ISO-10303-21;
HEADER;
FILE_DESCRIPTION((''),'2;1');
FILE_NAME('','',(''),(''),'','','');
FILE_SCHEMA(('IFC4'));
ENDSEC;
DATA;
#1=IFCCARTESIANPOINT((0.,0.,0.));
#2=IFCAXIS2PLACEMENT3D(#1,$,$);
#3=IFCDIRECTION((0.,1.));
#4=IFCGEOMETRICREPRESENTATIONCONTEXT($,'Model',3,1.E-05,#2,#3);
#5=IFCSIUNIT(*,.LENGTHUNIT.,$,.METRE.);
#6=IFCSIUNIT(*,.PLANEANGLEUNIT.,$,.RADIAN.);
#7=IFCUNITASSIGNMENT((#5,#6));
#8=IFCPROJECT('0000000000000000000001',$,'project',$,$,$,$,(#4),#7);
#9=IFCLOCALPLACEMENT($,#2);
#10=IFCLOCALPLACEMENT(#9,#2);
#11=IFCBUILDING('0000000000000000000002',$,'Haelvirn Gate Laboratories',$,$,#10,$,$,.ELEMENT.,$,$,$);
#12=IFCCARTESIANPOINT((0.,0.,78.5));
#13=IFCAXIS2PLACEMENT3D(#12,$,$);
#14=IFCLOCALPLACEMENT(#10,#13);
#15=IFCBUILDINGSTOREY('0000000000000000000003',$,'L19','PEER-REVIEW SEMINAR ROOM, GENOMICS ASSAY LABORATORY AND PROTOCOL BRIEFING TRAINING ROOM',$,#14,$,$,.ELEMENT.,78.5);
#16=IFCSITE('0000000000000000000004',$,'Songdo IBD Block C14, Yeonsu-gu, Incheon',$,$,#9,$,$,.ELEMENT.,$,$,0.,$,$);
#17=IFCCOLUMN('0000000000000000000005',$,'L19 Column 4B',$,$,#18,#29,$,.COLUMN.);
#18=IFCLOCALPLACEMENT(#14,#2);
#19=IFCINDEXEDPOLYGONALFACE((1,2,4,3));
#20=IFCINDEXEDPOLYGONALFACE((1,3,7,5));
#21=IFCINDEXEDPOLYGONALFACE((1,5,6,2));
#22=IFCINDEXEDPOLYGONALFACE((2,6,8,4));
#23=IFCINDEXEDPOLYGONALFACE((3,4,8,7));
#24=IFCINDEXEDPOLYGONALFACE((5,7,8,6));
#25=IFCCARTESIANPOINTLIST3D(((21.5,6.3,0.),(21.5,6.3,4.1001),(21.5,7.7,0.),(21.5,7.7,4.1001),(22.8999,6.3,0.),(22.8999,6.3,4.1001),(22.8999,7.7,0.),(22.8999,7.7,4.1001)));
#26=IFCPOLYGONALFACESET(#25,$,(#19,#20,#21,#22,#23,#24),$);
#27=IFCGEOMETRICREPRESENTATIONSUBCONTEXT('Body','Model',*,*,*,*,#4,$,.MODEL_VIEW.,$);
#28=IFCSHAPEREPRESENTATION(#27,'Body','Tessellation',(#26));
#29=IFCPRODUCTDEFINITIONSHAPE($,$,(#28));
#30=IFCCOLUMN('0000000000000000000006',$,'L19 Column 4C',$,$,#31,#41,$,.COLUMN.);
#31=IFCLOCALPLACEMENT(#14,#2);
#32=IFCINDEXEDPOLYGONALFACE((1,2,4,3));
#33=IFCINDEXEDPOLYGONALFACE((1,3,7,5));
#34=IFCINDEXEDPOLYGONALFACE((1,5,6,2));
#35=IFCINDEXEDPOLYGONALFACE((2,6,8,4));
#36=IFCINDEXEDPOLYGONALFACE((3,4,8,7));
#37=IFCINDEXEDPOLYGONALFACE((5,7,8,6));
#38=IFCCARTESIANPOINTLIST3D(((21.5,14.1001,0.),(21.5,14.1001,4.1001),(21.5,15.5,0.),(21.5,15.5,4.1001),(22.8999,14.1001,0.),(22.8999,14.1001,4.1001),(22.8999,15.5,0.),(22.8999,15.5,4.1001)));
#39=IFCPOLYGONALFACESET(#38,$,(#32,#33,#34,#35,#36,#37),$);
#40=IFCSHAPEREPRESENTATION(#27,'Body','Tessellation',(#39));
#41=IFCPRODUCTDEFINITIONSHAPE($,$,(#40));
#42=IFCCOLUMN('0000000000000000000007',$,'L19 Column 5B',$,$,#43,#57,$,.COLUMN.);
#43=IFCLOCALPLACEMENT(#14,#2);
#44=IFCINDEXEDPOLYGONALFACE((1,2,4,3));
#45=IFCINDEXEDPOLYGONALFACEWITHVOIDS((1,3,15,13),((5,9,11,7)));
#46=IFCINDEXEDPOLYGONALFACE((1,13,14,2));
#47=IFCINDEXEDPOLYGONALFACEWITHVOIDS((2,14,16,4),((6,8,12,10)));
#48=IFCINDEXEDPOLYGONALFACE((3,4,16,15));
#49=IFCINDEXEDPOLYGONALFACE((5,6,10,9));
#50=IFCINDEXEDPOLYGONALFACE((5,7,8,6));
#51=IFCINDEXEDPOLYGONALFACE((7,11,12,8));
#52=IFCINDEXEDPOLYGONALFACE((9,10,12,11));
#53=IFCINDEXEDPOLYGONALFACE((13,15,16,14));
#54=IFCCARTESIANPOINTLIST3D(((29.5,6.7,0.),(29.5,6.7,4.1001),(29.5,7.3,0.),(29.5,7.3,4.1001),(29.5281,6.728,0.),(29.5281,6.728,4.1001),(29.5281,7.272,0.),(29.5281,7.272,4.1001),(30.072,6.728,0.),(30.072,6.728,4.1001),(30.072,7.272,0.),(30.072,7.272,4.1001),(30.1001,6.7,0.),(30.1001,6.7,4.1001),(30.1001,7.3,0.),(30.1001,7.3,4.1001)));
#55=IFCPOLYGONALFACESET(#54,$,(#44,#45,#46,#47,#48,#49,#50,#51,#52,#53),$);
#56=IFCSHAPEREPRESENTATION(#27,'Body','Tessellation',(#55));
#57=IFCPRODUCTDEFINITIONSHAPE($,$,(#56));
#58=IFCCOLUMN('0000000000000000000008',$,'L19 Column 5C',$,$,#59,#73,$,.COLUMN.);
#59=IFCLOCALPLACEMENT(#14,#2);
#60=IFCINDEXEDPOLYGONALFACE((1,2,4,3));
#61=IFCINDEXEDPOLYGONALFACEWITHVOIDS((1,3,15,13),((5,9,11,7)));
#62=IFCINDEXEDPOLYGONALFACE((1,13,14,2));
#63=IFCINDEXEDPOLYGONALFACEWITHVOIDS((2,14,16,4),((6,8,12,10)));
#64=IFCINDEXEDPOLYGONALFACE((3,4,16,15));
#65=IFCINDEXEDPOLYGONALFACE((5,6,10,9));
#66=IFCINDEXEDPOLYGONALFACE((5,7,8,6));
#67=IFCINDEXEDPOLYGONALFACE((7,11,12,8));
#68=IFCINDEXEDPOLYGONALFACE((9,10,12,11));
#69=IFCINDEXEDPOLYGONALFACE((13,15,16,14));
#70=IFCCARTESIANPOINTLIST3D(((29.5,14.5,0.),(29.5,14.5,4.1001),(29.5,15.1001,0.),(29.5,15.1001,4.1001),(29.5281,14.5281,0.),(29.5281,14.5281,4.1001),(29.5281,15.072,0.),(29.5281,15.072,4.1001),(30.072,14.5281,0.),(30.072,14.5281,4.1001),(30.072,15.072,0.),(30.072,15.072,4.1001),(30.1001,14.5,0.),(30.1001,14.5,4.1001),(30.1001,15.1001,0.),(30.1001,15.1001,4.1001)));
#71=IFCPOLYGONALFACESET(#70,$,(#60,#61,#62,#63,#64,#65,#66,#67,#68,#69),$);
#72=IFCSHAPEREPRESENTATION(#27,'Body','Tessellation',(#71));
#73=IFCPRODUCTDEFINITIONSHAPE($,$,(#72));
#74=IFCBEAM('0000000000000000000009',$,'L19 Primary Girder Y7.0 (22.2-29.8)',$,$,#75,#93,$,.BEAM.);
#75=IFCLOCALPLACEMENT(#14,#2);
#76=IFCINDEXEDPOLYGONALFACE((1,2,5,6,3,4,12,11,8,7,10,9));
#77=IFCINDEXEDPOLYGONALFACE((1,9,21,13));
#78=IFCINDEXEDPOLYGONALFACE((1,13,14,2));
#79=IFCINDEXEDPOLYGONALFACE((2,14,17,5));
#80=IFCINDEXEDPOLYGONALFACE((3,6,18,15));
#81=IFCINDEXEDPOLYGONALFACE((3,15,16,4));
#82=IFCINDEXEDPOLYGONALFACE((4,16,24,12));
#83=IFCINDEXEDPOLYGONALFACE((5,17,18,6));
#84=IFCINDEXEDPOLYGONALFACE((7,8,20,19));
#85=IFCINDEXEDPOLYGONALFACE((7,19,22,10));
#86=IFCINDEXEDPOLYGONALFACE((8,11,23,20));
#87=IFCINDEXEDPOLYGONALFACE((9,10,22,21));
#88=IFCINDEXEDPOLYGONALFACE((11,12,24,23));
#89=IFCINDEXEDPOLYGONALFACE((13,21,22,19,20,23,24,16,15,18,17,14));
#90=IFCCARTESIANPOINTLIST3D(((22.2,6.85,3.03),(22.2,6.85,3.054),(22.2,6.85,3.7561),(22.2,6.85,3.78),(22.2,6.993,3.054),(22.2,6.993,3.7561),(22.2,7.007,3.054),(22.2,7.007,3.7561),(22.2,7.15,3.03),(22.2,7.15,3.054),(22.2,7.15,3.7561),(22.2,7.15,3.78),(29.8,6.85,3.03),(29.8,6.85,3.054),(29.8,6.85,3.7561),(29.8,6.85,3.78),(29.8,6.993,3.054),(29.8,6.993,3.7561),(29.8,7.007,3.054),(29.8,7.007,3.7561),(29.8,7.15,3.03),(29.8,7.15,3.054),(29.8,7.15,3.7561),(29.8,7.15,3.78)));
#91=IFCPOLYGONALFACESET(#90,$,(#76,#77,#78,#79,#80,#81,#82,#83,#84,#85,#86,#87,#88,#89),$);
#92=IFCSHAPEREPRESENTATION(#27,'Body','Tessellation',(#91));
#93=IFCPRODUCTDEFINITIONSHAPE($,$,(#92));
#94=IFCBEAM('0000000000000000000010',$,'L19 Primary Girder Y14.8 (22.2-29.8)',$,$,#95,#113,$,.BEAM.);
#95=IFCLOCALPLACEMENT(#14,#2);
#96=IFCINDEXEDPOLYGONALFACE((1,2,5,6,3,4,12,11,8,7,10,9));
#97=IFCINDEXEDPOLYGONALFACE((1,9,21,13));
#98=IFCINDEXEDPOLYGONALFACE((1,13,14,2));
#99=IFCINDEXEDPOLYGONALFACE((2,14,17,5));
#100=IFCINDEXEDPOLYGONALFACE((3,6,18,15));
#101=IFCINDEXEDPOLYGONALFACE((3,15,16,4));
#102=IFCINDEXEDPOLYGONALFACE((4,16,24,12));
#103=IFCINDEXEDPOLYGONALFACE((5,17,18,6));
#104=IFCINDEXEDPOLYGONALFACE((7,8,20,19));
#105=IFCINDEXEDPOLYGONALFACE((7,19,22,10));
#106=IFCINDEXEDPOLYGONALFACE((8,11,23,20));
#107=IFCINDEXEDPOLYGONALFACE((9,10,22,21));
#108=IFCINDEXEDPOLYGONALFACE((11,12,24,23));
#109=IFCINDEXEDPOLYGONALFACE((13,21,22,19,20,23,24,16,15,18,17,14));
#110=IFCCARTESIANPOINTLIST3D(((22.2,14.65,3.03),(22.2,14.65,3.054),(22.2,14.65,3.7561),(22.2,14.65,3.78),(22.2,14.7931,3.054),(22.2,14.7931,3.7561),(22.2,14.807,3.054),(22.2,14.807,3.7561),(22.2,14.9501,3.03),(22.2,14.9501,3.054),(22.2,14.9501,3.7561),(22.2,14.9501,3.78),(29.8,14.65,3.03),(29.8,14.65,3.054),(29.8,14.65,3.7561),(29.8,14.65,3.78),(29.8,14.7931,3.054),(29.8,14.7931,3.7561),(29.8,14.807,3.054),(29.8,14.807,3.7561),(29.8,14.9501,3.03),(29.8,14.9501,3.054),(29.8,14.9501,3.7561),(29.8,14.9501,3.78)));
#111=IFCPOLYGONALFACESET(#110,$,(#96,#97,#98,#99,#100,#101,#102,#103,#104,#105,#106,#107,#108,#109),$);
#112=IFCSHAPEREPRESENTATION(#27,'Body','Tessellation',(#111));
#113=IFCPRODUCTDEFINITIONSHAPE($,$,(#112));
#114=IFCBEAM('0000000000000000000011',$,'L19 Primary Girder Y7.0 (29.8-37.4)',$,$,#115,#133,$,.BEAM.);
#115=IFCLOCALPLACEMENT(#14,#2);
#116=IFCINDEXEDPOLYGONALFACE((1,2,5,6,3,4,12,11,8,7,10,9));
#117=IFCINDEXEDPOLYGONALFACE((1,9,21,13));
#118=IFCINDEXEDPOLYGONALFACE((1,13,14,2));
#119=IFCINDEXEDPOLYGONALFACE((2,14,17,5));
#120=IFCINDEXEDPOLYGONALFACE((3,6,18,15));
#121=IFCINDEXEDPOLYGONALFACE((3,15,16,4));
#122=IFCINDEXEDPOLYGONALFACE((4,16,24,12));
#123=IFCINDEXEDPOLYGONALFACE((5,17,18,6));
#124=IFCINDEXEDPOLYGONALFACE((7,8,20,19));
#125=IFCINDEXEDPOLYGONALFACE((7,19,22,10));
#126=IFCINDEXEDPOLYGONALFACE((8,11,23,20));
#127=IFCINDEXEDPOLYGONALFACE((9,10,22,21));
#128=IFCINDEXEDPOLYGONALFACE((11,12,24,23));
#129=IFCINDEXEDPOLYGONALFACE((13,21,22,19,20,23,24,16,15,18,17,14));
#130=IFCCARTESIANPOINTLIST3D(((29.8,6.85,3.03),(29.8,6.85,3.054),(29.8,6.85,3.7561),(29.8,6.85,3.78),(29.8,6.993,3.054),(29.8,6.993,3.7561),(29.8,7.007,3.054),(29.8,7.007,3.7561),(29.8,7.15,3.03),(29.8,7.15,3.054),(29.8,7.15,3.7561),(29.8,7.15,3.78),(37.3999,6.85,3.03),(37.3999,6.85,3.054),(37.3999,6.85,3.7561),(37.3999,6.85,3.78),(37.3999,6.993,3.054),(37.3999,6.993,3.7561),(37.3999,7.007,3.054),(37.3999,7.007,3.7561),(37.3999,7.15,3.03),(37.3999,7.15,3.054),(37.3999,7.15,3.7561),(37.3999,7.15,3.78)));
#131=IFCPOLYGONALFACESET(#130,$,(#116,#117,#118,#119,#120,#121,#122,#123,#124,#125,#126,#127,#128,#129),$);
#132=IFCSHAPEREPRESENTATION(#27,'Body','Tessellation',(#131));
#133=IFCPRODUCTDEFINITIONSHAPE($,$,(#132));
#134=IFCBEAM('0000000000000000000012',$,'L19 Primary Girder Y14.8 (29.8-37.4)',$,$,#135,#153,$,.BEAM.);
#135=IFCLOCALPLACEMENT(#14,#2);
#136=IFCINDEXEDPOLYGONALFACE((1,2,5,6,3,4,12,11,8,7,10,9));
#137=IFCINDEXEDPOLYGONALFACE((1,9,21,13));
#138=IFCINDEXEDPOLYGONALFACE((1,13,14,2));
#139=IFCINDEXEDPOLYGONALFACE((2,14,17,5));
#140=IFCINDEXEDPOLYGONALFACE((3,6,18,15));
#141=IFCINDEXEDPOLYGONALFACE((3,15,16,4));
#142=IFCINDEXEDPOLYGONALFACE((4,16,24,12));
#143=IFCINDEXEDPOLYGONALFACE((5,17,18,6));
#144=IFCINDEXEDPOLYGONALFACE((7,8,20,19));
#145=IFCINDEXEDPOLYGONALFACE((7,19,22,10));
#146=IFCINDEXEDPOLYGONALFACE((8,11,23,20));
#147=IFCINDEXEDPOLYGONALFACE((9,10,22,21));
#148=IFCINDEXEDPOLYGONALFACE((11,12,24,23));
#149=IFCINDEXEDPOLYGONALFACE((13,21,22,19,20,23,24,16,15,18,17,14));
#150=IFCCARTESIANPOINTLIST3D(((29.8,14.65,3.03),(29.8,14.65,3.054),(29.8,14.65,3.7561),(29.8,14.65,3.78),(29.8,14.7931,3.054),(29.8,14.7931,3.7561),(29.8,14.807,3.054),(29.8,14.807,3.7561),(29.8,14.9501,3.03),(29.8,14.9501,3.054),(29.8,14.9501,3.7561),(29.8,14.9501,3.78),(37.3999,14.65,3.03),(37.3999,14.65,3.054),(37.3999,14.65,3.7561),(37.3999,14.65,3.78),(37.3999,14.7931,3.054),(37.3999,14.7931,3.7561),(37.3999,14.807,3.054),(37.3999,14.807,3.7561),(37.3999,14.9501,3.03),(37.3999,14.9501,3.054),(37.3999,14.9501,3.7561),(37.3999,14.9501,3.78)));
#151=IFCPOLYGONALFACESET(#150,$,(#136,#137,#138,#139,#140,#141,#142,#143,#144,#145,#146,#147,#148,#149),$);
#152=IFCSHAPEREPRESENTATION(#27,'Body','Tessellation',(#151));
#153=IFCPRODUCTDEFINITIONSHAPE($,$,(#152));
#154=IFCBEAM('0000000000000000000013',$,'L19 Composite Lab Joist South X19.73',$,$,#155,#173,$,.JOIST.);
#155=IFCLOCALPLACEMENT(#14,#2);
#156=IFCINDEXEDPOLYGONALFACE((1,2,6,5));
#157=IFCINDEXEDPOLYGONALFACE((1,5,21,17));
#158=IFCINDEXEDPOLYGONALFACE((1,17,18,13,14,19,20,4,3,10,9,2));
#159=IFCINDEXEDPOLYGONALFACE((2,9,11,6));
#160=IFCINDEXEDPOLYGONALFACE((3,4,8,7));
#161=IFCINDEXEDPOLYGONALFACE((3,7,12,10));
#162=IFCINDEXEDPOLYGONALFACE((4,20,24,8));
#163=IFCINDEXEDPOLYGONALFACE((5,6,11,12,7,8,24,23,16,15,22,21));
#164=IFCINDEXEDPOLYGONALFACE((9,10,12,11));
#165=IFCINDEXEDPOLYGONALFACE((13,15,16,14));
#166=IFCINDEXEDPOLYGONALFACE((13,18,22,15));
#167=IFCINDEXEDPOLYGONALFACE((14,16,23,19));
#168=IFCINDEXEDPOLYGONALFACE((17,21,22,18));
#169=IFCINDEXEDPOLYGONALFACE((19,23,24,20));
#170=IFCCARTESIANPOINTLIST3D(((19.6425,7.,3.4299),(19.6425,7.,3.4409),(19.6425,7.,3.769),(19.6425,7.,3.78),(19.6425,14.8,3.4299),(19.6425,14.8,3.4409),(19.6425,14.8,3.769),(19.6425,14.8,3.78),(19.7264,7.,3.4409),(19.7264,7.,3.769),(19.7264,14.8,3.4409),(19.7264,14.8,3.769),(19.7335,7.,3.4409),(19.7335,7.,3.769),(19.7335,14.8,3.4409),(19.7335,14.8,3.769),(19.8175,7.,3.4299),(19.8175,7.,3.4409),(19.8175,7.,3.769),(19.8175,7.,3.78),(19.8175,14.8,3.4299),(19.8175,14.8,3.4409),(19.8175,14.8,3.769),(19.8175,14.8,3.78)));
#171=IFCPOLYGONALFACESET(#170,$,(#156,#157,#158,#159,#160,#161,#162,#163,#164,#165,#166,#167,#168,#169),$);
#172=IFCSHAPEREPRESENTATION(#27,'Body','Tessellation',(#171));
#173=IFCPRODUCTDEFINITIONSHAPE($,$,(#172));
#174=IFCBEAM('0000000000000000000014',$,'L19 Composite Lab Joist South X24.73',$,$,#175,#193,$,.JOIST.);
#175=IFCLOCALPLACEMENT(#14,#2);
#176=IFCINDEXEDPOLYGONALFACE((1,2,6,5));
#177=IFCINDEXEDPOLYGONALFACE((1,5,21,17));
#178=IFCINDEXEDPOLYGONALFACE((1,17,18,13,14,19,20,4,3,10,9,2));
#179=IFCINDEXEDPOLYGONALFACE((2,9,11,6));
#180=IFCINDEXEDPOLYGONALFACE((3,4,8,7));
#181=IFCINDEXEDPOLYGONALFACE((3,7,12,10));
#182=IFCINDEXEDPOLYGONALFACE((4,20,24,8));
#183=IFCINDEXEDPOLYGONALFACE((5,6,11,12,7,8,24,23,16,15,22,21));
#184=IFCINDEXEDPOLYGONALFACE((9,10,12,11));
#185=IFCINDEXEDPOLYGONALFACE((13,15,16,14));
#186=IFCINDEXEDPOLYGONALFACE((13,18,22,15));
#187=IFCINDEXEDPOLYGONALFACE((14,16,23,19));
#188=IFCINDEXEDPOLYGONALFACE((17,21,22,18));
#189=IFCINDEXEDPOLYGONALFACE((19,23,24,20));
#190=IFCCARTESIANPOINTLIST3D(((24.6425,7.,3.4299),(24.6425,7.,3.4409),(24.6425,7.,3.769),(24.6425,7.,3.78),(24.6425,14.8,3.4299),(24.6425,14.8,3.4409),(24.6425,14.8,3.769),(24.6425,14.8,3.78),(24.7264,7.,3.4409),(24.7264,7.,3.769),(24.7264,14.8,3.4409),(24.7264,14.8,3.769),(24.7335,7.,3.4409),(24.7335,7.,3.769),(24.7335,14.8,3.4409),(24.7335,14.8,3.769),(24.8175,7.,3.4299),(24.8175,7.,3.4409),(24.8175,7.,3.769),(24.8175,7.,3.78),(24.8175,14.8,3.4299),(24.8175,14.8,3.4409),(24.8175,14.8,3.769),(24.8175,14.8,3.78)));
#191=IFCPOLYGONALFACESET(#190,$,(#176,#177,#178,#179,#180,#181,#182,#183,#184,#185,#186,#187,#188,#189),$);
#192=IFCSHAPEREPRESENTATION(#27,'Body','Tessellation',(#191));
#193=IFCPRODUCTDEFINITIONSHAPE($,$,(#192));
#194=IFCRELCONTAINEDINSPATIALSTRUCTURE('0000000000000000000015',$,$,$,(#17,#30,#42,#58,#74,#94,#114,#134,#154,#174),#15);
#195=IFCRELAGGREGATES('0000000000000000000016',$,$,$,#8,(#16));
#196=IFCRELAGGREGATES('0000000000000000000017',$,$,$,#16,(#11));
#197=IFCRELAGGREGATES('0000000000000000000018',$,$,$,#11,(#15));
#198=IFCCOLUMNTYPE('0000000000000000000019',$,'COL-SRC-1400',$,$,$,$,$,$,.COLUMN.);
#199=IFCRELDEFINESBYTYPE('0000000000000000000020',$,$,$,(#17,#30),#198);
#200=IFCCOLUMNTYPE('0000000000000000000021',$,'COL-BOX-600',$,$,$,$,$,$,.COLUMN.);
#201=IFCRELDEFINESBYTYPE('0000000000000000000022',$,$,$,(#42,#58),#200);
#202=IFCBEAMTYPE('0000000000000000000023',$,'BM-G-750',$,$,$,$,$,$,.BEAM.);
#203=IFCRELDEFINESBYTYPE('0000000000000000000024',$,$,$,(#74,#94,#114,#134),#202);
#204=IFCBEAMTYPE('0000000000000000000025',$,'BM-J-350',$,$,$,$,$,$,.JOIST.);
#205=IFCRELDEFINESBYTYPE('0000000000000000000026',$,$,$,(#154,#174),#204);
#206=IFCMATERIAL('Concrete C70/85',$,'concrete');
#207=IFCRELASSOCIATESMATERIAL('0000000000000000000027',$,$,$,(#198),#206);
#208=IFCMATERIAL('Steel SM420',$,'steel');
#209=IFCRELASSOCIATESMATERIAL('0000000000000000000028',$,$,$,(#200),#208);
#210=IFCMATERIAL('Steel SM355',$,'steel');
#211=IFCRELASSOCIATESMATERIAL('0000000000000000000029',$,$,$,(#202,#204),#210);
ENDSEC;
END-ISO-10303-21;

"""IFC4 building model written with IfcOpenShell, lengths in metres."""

from ifc_helpers import new_model, si_unit, direction, frame, origin, origin_2d, place, context, subcontext, project, spatial, rectangle, hollow_rectangle, i_section, extrude, source, transform, mapped, material, material_profile, profile_set, type_object, type_shapes, element, save


model = new_model("IFC4")

# Units and contexts
model_context = context("Model", 3, precision=1e-05, world=origin(), true_north=direction((0.0, 1.0)))
body_context = subcontext(model_context, "Body", "Model", "MODEL_VIEW")
ifc_project = project(units=[si_unit("LENGTHUNIT", "METRE"), si_unit("PLANEANGLEUNIT", "RADIAN")], contexts=[model_context])

# Site, building, storey
site_placement = place(None, origin())
site = spatial("IfcSite", under=ifc_project, at=site_placement, Name="Songdo IBD Block C14, Yeonsu-gu, Incheon", CompositionType="ELEMENT", RefElevation=0.0)
building_placement = place(site_placement, origin())
building = spatial("IfcBuilding", under=site, at=building_placement, Name="Haelvirn Gate Laboratories", CompositionType="ELEMENT")
storey_placement = place(building_placement, frame((0.0, 0.0, 78.5)))
storey = spatial("IfcBuildingStorey", under=building, at=storey_placement, Name="L19", Description="PEER-REVIEW SEMINAR ROOM, GENOMICS ASSAY LABORATORY AND PROTOCOL BRIEFING TRAINING ROOM", CompositionType="ELEMENT", Elevation=78.5)

# Columns
ifc_material_1 = material(Name="Concrete C70/85", Category="concrete")
ifc_material_profile_1 = material_profile(ifc_material_1, rectangle(XDim=1.3999, YDim=1.3999, at=origin_2d()), Name="SRC-1400x1400")
ifc_profile_set_1 = profile_set([ifc_material_profile_1], Name="Concrete C70/85")
column_type_1 = type_object("IfcColumnType", Name="COL-SRC-1400", PredefinedType="COLUMN", material=ifc_profile_set_1)
shared_shape_1 = source(origin(), body_context, "Body", "SweptSolid", [
    extrude(rectangle(XDim=1.3999, YDim=1.3999, at=origin_2d()), origin(), (0.0, 0.0, 1.0), 4.1001),
])
type_shapes(column_type_1, [shared_shape_1])
for number, where, z_axis, x_axis, name in (
    (1, (22.2, 7.0, 0.0), (0.0, 0.0, 1.0), (1.0, 0.0, 0.0), "L19 Column 4B"),
    (2, (22.2, 14.8, 0.0), (0.0, 0.0, 1.0), (1.0, 0.0, 0.0), "L19 Column 4C"),
):
    element("IfcColumn", number, at=place(storey_placement, frame(where, z_axis=z_axis, x_axis=x_axis)), inside=storey, type_object=column_type_1, Name=name, PredefinedType="COLUMN", context=body_context, shape_type="MappedRepresentation", body=[
        mapped(shared_shape_1, transform((0.0, 0.0, 0.0), scale=1.0)),
    ])
ifc_material_2 = material(Name="Steel SM420", Category="steel")
ifc_material_profile_2 = material_profile(ifc_material_2, hollow_rectangle(XDim=0.6001, YDim=0.6001, WallThickness=0.0281, at=origin_2d()), Name="BOX-600x600x28")
ifc_profile_set_2 = profile_set([ifc_material_profile_2], Name="Steel SM420")
column_type_2 = type_object("IfcColumnType", Name="COL-BOX-600", PredefinedType="COLUMN", material=ifc_profile_set_2)
shared_shape_2 = source(origin(), body_context, "Body", "SweptSolid", [
    extrude(hollow_rectangle(XDim=0.6001, YDim=0.6001, WallThickness=0.0281, at=origin_2d()), origin(), (0.0, 0.0, 1.0), 4.1001),
])
type_shapes(column_type_2, [shared_shape_2])
for number, where, z_axis, x_axis, name in (
    (3, (29.8, 7.0, 0.0), (0.0, 0.0, 1.0), (1.0, 0.0, 0.0), "L19 Column 5B"),
    (4, (29.8, 14.8, 0.0), (0.0, 0.0, 1.0), (1.0, 0.0, 0.0), "L19 Column 5C"),
):
    element("IfcColumn", number, at=place(storey_placement, frame(where, z_axis=z_axis, x_axis=x_axis)), inside=storey, type_object=column_type_2, Name=name, PredefinedType="COLUMN", context=body_context, shape_type="MappedRepresentation", body=[
        mapped(shared_shape_2, transform((0.0, 0.0, 0.0), scale=1.0)),
    ])

# Beams
ifc_material_3 = material(Name="Steel SM355", Category="steel")
ifc_material_profile_3 = material_profile(ifc_material_3, i_section(OverallWidth=0.3, OverallDepth=0.75, WebThickness=0.0139, FlangeThickness=0.0239, at=origin_2d()), Name="H-750x300x14x24")
ifc_profile_set_3 = profile_set([ifc_material_profile_3], Name="Steel SM355")
beam_type_1 = type_object("IfcBeamType", Name="BM-G-750", PredefinedType="BEAM", material=ifc_profile_set_3)
shared_shape_3 = source(origin(), body_context, "Body", "SweptSolid", [
    extrude(i_section(OverallWidth=0.3, OverallDepth=0.75, WebThickness=0.0139, FlangeThickness=0.0239, at=origin_2d()), origin(), (0.0, 0.0, 1.0), 7.6001),
])
for number, where, z_axis, x_axis, name in (
    (5, (22.2, 7.0, 3.405), (1.0, 0.0, 0.0), (0.0, 1.0, 0.0), "L19 Primary Girder Y7.0 (22.2-29.8)"),
    (6, (22.2, 14.8, 3.405), (1.0, 0.0, 0.0), (0.0, 1.0, 0.0), "L19 Primary Girder Y14.8 (22.2-29.8)"),
):
    element("IfcBeam", number, at=place(storey_placement, frame(where, z_axis=z_axis, x_axis=x_axis)), inside=storey, type_object=beam_type_1, Name=name, PredefinedType="BEAM", context=body_context, shape_type="MappedRepresentation", body=[
        mapped(shared_shape_3, transform((0.0, 0.0, 0.0), scale=1.0)),
    ])
shared_shape_4 = source(origin(), body_context, "Body", "SweptSolid", [
    extrude(i_section(OverallWidth=0.3, OverallDepth=0.75, WebThickness=0.0139, FlangeThickness=0.0239, at=origin_2d()), origin(), (0.0, 0.0, 1.0), 7.5999),
])
type_shapes(beam_type_1, [shared_shape_3, shared_shape_4])
for number, where, z_axis, x_axis, name in (
    (7, (29.8, 7.0, 3.405), (1.0, 0.0, 0.0), (0.0, 1.0, 0.0), "L19 Primary Girder Y7.0 (29.8-37.4)"),
    (8, (29.8, 14.8, 3.405), (1.0, 0.0, 0.0), (0.0, 1.0, 0.0), "L19 Primary Girder Y14.8 (29.8-37.4)"),
):
    element("IfcBeam", number, at=place(storey_placement, frame(where, z_axis=z_axis, x_axis=x_axis)), inside=storey, type_object=beam_type_1, Name=name, PredefinedType="BEAM", context=body_context, shape_type="MappedRepresentation", body=[
        mapped(shared_shape_4, transform((0.0, 0.0, 0.0), scale=1.0)),
    ])
ifc_material_profile_4 = material_profile(ifc_material_3, i_section(OverallWidth=0.175, OverallDepth=0.3501, WebThickness=0.0071, FlangeThickness=0.011, at=origin_2d()), Name="H-350x175x7x11")
ifc_profile_set_4 = profile_set([ifc_material_profile_4], Name="Steel SM355")
beam_type_2 = type_object("IfcBeamType", Name="BM-J-350", PredefinedType="JOIST", material=ifc_profile_set_4)
shared_shape_5 = source(origin(), body_context, "Body", "SweptSolid", [
    extrude(i_section(OverallWidth=0.175, OverallDepth=0.3501, WebThickness=0.0071, FlangeThickness=0.011, at=origin_2d()), origin(), (0.0, 0.0, 1.0), 7.8),
])
type_shapes(beam_type_2, [shared_shape_5])
for number, where, z_axis, x_axis, name in (
    (9, (19.73, 7.0, 3.605), (0.0, 1.0, 0.0), (-1.0, 0.0, 0.0), "L19 Composite Lab Joist South X19.73"),
    (10, (24.73, 7.0, 3.605), (0.0, 1.0, 0.0), (-1.0, 0.0, 0.0), "L19 Composite Lab Joist South X24.73"),
):
    element("IfcBeam", number, at=place(storey_placement, frame(where, z_axis=z_axis, x_axis=x_axis)), inside=storey, type_object=beam_type_2, Name=name, PredefinedType="JOIST", context=body_context, shape_type="MappedRepresentation", body=[
        mapped(shared_shape_5, transform((0.0, 0.0, 0.0), scale=1.0)),
    ])

save(model, "model.ifc")
